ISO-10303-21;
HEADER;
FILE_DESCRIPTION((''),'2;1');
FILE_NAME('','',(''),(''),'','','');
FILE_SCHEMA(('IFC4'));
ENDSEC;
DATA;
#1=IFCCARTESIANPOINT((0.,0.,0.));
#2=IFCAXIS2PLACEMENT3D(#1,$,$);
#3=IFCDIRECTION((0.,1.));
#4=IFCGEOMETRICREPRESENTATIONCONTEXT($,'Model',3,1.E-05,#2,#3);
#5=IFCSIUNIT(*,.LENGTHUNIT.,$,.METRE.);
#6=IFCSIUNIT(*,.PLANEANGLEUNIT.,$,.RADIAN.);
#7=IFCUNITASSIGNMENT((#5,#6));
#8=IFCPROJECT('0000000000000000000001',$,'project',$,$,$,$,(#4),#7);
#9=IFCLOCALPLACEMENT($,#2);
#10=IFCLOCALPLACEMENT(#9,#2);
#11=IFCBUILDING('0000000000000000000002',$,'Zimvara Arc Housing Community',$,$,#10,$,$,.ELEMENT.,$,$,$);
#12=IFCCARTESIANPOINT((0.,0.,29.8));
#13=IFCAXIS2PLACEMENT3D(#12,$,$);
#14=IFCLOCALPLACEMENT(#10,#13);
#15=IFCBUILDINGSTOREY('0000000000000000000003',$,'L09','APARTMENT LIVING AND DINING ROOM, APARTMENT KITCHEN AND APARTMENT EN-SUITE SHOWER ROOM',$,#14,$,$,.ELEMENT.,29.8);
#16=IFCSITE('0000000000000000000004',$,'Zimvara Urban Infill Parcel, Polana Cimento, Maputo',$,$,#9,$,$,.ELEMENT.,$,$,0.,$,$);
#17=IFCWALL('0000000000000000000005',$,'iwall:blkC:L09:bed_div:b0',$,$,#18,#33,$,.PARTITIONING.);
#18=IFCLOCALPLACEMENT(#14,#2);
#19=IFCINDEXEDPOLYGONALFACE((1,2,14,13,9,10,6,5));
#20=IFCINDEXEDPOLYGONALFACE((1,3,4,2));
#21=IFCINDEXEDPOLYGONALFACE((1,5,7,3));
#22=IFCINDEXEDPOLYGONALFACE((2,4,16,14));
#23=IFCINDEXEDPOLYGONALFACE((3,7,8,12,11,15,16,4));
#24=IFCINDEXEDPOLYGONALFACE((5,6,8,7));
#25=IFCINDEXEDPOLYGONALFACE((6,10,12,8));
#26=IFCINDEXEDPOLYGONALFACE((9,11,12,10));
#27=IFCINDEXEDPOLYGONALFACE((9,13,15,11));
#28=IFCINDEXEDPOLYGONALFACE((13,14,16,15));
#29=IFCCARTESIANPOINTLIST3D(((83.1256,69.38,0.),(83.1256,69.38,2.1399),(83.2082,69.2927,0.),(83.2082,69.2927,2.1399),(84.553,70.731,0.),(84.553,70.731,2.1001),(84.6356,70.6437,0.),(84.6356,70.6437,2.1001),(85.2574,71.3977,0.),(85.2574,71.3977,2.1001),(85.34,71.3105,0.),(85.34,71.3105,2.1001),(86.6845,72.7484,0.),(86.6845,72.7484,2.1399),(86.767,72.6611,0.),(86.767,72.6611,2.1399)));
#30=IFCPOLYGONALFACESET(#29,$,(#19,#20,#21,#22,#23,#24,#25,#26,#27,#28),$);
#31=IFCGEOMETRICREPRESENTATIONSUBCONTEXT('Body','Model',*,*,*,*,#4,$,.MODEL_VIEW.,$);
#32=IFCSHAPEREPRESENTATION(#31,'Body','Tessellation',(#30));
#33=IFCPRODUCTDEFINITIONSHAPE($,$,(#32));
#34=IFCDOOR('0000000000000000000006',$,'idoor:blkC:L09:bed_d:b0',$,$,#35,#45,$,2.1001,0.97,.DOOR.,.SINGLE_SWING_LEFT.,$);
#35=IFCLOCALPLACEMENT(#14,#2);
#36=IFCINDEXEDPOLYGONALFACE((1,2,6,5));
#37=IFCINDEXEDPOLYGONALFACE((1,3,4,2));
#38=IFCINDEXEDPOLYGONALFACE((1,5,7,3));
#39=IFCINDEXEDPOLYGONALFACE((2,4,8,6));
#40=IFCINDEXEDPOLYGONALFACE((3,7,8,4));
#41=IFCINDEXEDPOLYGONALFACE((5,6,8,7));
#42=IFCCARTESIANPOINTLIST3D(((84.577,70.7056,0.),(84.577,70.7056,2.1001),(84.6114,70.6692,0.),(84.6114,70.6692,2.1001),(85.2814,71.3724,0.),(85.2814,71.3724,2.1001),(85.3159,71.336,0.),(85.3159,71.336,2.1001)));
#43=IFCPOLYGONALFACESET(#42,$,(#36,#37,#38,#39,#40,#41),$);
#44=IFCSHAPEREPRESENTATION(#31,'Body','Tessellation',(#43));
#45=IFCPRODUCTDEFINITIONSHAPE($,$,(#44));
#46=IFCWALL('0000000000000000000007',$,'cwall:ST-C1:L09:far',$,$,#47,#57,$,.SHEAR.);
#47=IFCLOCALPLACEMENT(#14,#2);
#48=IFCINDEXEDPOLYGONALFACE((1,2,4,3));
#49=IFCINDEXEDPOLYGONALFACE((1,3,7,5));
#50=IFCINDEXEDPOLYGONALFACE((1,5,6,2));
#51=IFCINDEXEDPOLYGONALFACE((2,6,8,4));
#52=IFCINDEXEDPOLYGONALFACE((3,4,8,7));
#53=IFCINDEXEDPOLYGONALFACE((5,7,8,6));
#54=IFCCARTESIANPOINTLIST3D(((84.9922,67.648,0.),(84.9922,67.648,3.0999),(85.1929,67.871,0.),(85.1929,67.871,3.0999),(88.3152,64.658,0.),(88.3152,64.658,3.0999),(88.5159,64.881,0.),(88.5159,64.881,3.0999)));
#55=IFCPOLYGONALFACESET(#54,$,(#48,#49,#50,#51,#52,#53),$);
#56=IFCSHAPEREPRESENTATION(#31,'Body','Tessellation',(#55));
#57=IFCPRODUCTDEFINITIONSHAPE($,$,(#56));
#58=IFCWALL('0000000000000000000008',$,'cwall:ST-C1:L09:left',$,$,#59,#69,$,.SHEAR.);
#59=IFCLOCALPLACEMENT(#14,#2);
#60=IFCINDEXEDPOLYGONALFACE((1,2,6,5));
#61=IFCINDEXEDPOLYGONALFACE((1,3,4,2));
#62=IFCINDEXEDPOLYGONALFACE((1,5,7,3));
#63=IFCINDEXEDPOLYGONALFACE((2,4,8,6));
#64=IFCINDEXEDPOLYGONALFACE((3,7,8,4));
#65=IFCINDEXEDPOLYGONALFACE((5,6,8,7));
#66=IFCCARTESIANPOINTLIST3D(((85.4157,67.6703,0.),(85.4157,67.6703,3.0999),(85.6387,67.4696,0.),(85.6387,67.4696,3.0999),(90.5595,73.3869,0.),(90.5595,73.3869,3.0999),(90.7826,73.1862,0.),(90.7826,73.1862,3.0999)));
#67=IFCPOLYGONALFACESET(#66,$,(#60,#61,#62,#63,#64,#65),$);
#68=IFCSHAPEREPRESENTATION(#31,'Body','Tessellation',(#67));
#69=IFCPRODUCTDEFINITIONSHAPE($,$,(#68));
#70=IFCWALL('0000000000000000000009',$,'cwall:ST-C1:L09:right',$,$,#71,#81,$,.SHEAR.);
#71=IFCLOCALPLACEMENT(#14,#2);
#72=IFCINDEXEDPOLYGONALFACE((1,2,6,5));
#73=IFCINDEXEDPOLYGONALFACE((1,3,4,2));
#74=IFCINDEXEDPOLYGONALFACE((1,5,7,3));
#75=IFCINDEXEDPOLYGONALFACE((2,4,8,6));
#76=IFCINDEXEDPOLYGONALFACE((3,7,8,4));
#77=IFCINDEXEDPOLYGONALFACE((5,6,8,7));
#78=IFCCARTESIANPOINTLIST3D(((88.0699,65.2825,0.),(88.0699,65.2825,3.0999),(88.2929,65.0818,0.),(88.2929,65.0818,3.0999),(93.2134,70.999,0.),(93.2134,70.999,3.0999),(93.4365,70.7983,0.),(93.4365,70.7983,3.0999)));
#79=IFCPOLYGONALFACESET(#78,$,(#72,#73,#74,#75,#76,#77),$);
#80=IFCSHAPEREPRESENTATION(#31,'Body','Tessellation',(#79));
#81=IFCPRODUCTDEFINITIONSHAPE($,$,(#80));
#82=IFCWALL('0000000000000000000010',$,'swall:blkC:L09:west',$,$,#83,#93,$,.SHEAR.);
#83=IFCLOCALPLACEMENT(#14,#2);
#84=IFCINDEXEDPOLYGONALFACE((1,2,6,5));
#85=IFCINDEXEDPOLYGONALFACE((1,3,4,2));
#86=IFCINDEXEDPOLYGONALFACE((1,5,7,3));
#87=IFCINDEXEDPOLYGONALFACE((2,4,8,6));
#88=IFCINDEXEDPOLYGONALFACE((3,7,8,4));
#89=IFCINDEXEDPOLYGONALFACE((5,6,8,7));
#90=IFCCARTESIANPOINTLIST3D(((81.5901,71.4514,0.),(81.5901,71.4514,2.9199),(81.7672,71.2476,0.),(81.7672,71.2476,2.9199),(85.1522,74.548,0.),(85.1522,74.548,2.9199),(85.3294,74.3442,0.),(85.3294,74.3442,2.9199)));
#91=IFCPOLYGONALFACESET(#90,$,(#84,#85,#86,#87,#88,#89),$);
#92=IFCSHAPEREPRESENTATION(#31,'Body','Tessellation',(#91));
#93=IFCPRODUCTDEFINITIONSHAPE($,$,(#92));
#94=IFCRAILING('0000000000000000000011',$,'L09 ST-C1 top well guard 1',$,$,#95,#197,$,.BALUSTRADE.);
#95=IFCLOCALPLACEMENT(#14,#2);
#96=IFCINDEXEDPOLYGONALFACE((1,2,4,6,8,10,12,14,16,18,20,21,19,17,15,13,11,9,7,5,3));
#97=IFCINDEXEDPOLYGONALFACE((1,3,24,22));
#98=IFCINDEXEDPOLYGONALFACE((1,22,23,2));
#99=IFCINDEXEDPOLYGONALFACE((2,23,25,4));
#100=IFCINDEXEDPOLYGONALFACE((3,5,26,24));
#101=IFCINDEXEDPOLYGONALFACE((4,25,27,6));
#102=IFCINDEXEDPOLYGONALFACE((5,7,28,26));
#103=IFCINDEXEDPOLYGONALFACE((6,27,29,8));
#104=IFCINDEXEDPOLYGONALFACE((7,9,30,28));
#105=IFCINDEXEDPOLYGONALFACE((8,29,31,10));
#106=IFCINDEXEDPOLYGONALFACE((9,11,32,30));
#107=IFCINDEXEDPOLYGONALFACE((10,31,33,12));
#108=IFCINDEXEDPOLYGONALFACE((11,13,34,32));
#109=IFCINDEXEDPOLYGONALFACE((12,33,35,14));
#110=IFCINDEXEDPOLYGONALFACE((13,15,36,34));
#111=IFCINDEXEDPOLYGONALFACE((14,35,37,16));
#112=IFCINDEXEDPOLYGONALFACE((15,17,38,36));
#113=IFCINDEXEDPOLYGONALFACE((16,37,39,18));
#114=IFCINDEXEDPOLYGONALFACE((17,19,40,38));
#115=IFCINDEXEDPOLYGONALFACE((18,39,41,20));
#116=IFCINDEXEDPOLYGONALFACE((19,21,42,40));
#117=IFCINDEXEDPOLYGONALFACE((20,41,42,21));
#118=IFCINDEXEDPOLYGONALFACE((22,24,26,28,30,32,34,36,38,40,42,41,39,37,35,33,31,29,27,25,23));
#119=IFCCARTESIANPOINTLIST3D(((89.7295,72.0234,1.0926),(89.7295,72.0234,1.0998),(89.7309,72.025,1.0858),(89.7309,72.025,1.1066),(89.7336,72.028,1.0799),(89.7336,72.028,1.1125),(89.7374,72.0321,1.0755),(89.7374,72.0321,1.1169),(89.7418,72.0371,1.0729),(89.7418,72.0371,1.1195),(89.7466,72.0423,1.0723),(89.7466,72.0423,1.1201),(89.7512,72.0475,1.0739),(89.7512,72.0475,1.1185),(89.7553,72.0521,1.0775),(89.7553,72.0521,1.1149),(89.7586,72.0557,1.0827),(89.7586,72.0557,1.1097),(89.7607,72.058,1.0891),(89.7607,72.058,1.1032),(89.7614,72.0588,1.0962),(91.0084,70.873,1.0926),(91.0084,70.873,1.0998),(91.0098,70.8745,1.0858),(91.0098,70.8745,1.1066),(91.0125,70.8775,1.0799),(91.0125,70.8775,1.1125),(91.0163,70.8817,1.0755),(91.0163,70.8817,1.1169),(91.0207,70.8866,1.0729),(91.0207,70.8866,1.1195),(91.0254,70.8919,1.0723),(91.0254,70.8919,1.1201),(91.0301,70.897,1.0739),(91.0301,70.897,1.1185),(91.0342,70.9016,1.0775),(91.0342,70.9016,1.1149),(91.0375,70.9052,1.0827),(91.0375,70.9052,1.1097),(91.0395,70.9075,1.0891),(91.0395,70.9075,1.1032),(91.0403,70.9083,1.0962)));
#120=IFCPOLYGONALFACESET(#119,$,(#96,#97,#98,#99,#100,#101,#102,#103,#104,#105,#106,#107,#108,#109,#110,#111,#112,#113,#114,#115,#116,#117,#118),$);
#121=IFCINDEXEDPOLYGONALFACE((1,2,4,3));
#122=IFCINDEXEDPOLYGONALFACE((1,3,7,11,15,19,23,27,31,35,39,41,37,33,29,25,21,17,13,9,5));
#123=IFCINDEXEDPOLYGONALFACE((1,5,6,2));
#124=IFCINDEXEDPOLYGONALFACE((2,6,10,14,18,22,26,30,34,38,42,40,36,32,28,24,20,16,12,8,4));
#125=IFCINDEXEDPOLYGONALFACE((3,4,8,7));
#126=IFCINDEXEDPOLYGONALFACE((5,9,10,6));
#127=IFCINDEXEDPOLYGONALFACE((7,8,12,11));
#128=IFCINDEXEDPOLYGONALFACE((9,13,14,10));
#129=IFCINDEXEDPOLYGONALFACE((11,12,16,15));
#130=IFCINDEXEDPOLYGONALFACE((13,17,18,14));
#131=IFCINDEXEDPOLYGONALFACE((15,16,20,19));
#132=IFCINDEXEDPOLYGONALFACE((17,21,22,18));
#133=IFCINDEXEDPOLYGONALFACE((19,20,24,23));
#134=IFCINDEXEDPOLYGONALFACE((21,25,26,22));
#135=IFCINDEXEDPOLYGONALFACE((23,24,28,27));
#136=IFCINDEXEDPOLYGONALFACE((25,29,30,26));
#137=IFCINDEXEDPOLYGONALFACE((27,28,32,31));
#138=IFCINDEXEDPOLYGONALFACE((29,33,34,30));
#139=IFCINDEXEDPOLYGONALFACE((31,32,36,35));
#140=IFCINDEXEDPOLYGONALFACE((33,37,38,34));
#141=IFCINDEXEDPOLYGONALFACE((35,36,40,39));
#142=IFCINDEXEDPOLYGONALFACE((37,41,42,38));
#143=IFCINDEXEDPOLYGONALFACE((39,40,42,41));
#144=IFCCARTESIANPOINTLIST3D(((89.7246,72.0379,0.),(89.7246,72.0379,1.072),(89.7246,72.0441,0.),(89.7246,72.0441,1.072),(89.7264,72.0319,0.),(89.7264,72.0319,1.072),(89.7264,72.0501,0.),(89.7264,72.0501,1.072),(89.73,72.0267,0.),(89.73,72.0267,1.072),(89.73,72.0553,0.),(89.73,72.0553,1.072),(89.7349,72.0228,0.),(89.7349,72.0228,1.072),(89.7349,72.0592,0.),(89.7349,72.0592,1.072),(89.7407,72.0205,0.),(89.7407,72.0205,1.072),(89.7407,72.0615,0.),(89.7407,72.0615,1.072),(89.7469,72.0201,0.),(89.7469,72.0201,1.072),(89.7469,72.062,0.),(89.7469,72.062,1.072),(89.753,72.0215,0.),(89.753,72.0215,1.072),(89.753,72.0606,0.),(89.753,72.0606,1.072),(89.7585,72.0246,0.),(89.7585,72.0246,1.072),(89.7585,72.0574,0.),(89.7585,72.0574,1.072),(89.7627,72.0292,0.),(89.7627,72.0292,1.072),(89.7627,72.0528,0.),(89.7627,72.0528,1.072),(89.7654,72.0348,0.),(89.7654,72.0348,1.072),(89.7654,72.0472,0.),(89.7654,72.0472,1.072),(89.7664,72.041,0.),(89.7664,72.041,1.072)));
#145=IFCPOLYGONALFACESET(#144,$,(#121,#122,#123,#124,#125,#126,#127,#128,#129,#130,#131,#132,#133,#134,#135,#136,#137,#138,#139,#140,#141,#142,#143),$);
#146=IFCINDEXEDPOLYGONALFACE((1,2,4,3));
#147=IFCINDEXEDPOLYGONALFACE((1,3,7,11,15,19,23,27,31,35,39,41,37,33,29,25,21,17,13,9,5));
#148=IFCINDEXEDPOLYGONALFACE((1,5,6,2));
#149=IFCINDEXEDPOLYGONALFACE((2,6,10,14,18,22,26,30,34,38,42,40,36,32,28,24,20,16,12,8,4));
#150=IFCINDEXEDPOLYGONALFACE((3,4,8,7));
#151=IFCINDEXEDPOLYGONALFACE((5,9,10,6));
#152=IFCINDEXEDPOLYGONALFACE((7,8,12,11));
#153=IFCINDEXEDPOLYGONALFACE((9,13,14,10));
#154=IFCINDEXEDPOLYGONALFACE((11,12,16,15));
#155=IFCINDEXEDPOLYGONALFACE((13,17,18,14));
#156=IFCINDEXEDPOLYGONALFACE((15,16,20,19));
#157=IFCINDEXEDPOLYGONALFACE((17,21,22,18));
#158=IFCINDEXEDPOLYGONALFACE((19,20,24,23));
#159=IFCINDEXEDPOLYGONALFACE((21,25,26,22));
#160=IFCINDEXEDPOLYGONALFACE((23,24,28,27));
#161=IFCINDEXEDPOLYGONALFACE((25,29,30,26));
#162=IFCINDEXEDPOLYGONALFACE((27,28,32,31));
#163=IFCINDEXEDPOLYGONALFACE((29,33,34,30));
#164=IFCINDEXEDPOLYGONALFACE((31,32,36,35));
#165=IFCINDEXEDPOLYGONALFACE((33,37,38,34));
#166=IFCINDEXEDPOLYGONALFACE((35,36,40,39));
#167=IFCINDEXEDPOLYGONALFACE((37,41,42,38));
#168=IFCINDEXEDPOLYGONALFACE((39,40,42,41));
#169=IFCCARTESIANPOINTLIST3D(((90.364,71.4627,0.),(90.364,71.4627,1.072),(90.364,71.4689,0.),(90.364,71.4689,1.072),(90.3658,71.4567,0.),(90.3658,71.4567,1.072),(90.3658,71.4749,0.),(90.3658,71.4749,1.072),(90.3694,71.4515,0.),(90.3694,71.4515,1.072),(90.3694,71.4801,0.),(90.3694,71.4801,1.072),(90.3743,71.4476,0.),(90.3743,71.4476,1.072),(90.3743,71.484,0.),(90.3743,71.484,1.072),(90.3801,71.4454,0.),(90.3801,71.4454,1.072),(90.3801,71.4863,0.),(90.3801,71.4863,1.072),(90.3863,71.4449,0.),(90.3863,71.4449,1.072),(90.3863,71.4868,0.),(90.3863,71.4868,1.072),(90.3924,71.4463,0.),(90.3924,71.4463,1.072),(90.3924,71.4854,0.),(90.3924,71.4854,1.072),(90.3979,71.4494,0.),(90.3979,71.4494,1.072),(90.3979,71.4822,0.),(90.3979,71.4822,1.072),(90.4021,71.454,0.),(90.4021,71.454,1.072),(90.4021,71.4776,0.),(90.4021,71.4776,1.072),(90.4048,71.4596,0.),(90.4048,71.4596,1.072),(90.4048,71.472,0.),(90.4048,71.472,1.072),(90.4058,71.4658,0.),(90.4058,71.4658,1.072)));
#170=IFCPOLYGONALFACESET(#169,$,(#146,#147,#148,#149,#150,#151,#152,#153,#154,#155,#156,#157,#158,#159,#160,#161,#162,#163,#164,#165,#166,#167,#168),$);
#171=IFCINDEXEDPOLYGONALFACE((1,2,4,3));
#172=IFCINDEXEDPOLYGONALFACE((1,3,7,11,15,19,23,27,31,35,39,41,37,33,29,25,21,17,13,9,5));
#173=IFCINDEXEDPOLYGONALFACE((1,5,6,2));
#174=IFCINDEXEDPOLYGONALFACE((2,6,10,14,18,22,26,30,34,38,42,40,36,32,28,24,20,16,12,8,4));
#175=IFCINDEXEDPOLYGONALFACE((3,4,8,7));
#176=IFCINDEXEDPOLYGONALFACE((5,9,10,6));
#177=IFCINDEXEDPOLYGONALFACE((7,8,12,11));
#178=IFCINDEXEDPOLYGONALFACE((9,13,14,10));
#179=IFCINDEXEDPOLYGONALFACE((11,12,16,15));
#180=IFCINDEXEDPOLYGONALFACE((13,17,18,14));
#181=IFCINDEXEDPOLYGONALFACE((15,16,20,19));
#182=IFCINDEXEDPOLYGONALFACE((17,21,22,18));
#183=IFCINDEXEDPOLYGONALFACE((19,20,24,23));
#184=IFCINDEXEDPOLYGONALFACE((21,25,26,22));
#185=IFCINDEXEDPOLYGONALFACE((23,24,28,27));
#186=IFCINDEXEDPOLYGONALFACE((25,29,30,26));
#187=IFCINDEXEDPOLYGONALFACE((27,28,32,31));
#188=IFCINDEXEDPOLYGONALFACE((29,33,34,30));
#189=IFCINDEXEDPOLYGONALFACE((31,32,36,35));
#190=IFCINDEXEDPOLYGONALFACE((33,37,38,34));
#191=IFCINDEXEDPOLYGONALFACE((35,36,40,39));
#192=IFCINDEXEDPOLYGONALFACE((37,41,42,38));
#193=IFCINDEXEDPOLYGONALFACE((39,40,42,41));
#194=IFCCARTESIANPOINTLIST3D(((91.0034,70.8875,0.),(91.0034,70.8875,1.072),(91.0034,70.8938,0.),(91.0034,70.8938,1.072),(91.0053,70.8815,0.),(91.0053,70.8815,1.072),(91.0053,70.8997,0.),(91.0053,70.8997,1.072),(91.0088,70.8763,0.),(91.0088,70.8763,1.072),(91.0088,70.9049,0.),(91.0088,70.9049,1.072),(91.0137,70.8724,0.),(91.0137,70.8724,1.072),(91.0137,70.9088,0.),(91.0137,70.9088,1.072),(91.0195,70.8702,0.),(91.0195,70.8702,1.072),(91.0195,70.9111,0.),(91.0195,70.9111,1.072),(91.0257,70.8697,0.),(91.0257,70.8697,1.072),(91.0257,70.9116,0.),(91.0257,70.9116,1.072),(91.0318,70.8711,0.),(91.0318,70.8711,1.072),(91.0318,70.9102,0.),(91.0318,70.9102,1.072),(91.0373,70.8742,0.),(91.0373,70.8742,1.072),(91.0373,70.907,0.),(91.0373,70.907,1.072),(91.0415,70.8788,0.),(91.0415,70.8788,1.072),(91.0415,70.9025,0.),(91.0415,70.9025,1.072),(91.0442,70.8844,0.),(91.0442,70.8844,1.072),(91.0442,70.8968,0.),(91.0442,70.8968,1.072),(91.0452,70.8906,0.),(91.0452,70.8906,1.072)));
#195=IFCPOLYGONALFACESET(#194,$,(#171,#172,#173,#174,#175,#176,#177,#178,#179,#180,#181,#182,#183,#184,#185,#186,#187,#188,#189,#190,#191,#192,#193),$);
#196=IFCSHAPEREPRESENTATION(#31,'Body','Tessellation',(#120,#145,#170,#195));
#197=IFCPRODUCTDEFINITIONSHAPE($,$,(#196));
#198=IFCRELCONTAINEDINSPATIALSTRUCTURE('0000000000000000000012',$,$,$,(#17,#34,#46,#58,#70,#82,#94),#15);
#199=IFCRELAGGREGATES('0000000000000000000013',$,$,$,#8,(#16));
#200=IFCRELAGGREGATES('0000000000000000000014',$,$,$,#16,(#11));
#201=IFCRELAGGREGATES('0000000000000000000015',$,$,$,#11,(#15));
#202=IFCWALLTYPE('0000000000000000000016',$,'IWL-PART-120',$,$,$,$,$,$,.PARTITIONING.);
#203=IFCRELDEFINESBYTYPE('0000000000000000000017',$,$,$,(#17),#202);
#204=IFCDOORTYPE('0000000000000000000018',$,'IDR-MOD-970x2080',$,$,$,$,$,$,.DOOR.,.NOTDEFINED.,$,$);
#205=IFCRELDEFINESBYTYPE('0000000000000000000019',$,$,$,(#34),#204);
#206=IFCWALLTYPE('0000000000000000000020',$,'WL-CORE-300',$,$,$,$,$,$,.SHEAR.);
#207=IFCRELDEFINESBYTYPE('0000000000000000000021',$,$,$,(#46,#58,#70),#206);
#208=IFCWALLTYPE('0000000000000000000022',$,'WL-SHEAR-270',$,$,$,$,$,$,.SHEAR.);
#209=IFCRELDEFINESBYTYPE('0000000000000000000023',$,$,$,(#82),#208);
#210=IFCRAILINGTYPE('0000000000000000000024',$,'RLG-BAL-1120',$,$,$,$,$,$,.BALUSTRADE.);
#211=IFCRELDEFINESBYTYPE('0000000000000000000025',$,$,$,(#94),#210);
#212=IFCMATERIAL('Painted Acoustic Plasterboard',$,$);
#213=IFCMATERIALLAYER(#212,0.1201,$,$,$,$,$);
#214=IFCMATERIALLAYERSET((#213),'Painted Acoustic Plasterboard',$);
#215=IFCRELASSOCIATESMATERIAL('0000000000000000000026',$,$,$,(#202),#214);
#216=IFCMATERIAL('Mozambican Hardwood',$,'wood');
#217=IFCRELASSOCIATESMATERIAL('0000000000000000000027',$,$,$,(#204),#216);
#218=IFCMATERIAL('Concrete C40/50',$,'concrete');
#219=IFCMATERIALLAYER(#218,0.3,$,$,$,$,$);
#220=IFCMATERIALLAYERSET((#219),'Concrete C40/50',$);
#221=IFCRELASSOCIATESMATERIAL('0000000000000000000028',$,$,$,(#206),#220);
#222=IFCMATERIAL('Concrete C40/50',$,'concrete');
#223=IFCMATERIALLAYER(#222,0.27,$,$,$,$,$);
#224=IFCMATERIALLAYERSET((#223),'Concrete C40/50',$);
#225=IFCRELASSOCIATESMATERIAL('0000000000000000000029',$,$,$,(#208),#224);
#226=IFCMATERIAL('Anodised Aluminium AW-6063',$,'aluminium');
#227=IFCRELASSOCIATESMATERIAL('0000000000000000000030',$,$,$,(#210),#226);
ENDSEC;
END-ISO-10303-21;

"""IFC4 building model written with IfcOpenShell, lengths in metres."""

from ifc_helpers import new_model, si_unit, direction, frame, frame_2d, origin, origin_2d, place, context, subcontext, project, spatial, rectangle, circle, extrude, material, layer, layer_set, type_object, element, fill, save


model = new_model("IFC4")

# Units and contexts
model_context = context("Model", 3, precision=1e-05, world=origin(), true_north=direction((0.0, 1.0)))
body_context = subcontext(model_context, "Body", "Model", "MODEL_VIEW")
ifc_project = project(units=[si_unit("LENGTHUNIT", "METRE"), si_unit("PLANEANGLEUNIT", "RADIAN")], contexts=[model_context])

# Site, building, storey
site_placement = place(None, origin())
site = spatial("IfcSite", under=ifc_project, at=site_placement, Name="Zimvara Urban Infill Parcel, Polana Cimento, Maputo", CompositionType="ELEMENT", RefElevation=0.0)
building_placement = place(site_placement, origin())
building = spatial("IfcBuilding", under=site, at=building_placement, Name="Zimvara Arc Housing Community", CompositionType="ELEMENT")
storey_placement = place(building_placement, frame((0.0, 0.0, 29.8)))
storey = spatial("IfcBuildingStorey", under=building, at=storey_placement, Name="L09", Description="APARTMENT LIVING AND DINING ROOM, APARTMENT KITCHEN AND APARTMENT EN-SUITE SHOWER ROOM", CompositionType="ELEMENT", Elevation=29.8)

# Wall, opening, door
ifc_material_1 = material(Name="Painted Acoustic Plasterboard")
ifc_layer_1 = layer(ifc_material_1, 0.1201)
ifc_layer_set_1 = layer_set([ifc_layer_1], Name="Painted Acoustic Plasterboard")
wall_type_1 = type_object("IfcWallType", Name="IWL-PART-120", PredefinedType="PARTITIONING", material=ifc_layer_set_1)
wall_1_placement = place(storey_placement, frame((86.7258, 72.7048, 0.0), z_axis=(0.0, 0.0, 1.0), x_axis=(-0.726271, -0.687409, 0.0)))
wall_1 = element("IfcWall", 1, at=wall_1_placement, inside=storey, type_object=wall_type_1, Name="iwall:blkC:L09:bed_div:b0", PredefinedType="PARTITIONING", context=body_context, shape_type="SweptSolid", body=[
    extrude(rectangle(XDim=4.9001, YDim=0.1201, at=frame_2d((2.4502, 0.0))), origin(), (0.0, 0.0, 1.0), 2.1399),
])
opening_1_placement = place(wall_1_placement, frame((1.9651, 0.0, 0.0)))
opening_1 = element("IfcOpeningElement", 2, at=opening_1_placement, cuts=wall_1, PredefinedType="OPENING", context=body_context, shape_type="SweptSolid", body=[
    extrude(rectangle(XDim=0.97, YDim=2.1001, at=frame_2d((0.4849, 1.05))), frame((0.0, 0.0701, 0.0), z_axis=(0.0, -1.0, 0.0), x_axis=(1.0, 0.0, 0.0)), (0.0, 0.0, 1.0), 0.1401),
])
ifc_material_2 = material(Name="Mozambican Hardwood", Category="wood")
door_type_1 = type_object("IfcDoorType", Name="IDR-MOD-970x2080", OperationType="NOTDEFINED", PredefinedType="DOOR", material=ifc_material_2)
door_1_placement = place(opening_1_placement, origin())
door_1 = element("IfcDoor", 3, at=door_1_placement, inside=storey, type_object=door_type_1, Name="idoor:blkC:L09:bed_d:b0", OperationType="SINGLE_SWING_LEFT", OverallHeight=2.1001, OverallWidth=0.97, PredefinedType="DOOR", context=body_context, shape_type="SweptSolid", body=[
    extrude(rectangle(XDim=0.97, YDim=2.1001, at=frame_2d((0.4849, 1.05))), frame((0.0, 0.0249, 0.0), z_axis=(0.0, -1.0, 0.0), x_axis=(1.0, 0.0, 0.0)), (0.0, 0.0, 1.0), 0.05),
])
fill(opening_1, door_1)
ifc_material_3 = material(Name="Concrete C40/50", Category="concrete")
ifc_layer_2 = layer(ifc_material_3, 0.3)
ifc_layer_set_2 = layer_set([ifc_layer_2], Name="Concrete C40/50")
wall_type_2 = type_object("IfcWallType", Name="WL-CORE-300", PredefinedType="SHEAR", material=ifc_layer_set_2)

# Walls
wall_2_placement = place(storey_placement, frame((85.0925, 67.7595, 0.0), z_axis=(0.0, 0.0, 1.0), x_axis=(0.743373, -0.668877, 0.0)))
element("IfcWall", 4, at=wall_2_placement, inside=storey, type_object=wall_type_2, Name="cwall:ST-C1:L09:far", PredefinedType="SHEAR", context=body_context, shape_type="SweptSolid", body=[
    extrude(rectangle(XDim=4.4702, YDim=0.3, at=frame_2d((2.2351, 0.0))), origin(), (0.0, 0.0, 1.0), 3.0999),
])
wall_3_placement = place(storey_placement, frame((90.6711, 73.2866, 0.0), z_axis=(0.0, 0.0, 1.0), x_axis=(-0.668886, -0.743365, 0.0)))
element("IfcWall", 5, at=wall_3_placement, inside=storey, type_object=wall_type_2, Name="cwall:ST-C1:L09:left", PredefinedType="SHEAR", context=body_context, shape_type="SweptSolid", body=[
    extrude(rectangle(XDim=7.6902, YDim=0.3, at=frame_2d((3.8452, 0.0))), origin(), (0.0, 0.0, 1.0), 3.0999),
])
wall_4_placement = place(storey_placement, frame((93.325, 70.8987, 0.0), z_axis=(0.0, 0.0, 1.0), x_axis=(-0.668868, -0.743381, 0.0)))
element("IfcWall", 6, at=wall_4_placement, inside=storey, type_object=wall_type_2, Name="cwall:ST-C1:L09:right", PredefinedType="SHEAR", context=body_context, shape_type="SweptSolid", body=[
    extrude(rectangle(XDim=7.6899, YDim=0.3, at=frame_2d((3.845, 0.0))), origin(), (0.0, 0.0, 1.0), 3.0999),
])
ifc_material_4 = material(Name="Concrete C40/50", Category="concrete")
ifc_layer_3 = layer(ifc_material_4, 0.27)
ifc_layer_set_3 = layer_set([ifc_layer_3], Name="Concrete C40/50")
wall_type_3 = type_object("IfcWallType", Name="WL-SHEAR-270", PredefinedType="SHEAR", material=ifc_layer_set_3)
wall_5_placement = place(storey_placement, frame((85.2407, 74.446, 0.0), z_axis=(0.0, 0.0, 1.0), x_axis=(-0.754704, -0.656066, 0.0)))
element("IfcWall", 7, at=wall_5_placement, inside=storey, type_object=wall_type_3, Name="swall:blkC:L09:west", PredefinedType="SHEAR", context=body_context, shape_type="SweptSolid", body=[
    extrude(rectangle(XDim=4.72, YDim=0.27, at=frame_2d((2.3599, 0.0))), origin(), (0.0, 0.0, 1.0), 2.9199),
])

# Railing
ifc_material_5 = material(Name="Anodised Aluminium AW-6063", Category="aluminium")
railing_type_1 = type_object("IfcRailingType", Name="RLG-BAL-1120", PredefinedType="BALUSTRADE", material=ifc_material_5)
railing_1_placement = place(storey_placement, frame((89.7454, 72.041, 0.0)))
element("IfcRailing", 8, at=railing_1_placement, inside=storey, type_object=railing_type_1, Name="L09 ST-C1 top well guard 1", PredefinedType="BALUSTRADE", context=body_context, shape_type="SweptSolid", body=[
    extrude(circle(Radius=0.0239, at=origin_2d()), frame((0.0, 0.0, 1.0962), z_axis=(0.743449, -0.668792, 0.0), x_axis=(0.668792, 0.743449, 0.0)), (0.0, 0.0, 1.0), 1.7202),
    extrude(circle(Radius=0.021, at=origin_2d()), origin(), (0.0, 0.0, 1.0), 1.072),
    extrude(circle(Radius=0.021, at=origin_2d()), frame((0.6394, -0.5752, 0.0)), (0.0, 0.0, 1.0), 1.072),
    extrude(circle(Radius=0.021, at=origin_2d()), frame((1.2788, -1.1504, 0.0)), (0.0, 0.0, 1.0), 1.072),
])

save(model, "model.ifc")
